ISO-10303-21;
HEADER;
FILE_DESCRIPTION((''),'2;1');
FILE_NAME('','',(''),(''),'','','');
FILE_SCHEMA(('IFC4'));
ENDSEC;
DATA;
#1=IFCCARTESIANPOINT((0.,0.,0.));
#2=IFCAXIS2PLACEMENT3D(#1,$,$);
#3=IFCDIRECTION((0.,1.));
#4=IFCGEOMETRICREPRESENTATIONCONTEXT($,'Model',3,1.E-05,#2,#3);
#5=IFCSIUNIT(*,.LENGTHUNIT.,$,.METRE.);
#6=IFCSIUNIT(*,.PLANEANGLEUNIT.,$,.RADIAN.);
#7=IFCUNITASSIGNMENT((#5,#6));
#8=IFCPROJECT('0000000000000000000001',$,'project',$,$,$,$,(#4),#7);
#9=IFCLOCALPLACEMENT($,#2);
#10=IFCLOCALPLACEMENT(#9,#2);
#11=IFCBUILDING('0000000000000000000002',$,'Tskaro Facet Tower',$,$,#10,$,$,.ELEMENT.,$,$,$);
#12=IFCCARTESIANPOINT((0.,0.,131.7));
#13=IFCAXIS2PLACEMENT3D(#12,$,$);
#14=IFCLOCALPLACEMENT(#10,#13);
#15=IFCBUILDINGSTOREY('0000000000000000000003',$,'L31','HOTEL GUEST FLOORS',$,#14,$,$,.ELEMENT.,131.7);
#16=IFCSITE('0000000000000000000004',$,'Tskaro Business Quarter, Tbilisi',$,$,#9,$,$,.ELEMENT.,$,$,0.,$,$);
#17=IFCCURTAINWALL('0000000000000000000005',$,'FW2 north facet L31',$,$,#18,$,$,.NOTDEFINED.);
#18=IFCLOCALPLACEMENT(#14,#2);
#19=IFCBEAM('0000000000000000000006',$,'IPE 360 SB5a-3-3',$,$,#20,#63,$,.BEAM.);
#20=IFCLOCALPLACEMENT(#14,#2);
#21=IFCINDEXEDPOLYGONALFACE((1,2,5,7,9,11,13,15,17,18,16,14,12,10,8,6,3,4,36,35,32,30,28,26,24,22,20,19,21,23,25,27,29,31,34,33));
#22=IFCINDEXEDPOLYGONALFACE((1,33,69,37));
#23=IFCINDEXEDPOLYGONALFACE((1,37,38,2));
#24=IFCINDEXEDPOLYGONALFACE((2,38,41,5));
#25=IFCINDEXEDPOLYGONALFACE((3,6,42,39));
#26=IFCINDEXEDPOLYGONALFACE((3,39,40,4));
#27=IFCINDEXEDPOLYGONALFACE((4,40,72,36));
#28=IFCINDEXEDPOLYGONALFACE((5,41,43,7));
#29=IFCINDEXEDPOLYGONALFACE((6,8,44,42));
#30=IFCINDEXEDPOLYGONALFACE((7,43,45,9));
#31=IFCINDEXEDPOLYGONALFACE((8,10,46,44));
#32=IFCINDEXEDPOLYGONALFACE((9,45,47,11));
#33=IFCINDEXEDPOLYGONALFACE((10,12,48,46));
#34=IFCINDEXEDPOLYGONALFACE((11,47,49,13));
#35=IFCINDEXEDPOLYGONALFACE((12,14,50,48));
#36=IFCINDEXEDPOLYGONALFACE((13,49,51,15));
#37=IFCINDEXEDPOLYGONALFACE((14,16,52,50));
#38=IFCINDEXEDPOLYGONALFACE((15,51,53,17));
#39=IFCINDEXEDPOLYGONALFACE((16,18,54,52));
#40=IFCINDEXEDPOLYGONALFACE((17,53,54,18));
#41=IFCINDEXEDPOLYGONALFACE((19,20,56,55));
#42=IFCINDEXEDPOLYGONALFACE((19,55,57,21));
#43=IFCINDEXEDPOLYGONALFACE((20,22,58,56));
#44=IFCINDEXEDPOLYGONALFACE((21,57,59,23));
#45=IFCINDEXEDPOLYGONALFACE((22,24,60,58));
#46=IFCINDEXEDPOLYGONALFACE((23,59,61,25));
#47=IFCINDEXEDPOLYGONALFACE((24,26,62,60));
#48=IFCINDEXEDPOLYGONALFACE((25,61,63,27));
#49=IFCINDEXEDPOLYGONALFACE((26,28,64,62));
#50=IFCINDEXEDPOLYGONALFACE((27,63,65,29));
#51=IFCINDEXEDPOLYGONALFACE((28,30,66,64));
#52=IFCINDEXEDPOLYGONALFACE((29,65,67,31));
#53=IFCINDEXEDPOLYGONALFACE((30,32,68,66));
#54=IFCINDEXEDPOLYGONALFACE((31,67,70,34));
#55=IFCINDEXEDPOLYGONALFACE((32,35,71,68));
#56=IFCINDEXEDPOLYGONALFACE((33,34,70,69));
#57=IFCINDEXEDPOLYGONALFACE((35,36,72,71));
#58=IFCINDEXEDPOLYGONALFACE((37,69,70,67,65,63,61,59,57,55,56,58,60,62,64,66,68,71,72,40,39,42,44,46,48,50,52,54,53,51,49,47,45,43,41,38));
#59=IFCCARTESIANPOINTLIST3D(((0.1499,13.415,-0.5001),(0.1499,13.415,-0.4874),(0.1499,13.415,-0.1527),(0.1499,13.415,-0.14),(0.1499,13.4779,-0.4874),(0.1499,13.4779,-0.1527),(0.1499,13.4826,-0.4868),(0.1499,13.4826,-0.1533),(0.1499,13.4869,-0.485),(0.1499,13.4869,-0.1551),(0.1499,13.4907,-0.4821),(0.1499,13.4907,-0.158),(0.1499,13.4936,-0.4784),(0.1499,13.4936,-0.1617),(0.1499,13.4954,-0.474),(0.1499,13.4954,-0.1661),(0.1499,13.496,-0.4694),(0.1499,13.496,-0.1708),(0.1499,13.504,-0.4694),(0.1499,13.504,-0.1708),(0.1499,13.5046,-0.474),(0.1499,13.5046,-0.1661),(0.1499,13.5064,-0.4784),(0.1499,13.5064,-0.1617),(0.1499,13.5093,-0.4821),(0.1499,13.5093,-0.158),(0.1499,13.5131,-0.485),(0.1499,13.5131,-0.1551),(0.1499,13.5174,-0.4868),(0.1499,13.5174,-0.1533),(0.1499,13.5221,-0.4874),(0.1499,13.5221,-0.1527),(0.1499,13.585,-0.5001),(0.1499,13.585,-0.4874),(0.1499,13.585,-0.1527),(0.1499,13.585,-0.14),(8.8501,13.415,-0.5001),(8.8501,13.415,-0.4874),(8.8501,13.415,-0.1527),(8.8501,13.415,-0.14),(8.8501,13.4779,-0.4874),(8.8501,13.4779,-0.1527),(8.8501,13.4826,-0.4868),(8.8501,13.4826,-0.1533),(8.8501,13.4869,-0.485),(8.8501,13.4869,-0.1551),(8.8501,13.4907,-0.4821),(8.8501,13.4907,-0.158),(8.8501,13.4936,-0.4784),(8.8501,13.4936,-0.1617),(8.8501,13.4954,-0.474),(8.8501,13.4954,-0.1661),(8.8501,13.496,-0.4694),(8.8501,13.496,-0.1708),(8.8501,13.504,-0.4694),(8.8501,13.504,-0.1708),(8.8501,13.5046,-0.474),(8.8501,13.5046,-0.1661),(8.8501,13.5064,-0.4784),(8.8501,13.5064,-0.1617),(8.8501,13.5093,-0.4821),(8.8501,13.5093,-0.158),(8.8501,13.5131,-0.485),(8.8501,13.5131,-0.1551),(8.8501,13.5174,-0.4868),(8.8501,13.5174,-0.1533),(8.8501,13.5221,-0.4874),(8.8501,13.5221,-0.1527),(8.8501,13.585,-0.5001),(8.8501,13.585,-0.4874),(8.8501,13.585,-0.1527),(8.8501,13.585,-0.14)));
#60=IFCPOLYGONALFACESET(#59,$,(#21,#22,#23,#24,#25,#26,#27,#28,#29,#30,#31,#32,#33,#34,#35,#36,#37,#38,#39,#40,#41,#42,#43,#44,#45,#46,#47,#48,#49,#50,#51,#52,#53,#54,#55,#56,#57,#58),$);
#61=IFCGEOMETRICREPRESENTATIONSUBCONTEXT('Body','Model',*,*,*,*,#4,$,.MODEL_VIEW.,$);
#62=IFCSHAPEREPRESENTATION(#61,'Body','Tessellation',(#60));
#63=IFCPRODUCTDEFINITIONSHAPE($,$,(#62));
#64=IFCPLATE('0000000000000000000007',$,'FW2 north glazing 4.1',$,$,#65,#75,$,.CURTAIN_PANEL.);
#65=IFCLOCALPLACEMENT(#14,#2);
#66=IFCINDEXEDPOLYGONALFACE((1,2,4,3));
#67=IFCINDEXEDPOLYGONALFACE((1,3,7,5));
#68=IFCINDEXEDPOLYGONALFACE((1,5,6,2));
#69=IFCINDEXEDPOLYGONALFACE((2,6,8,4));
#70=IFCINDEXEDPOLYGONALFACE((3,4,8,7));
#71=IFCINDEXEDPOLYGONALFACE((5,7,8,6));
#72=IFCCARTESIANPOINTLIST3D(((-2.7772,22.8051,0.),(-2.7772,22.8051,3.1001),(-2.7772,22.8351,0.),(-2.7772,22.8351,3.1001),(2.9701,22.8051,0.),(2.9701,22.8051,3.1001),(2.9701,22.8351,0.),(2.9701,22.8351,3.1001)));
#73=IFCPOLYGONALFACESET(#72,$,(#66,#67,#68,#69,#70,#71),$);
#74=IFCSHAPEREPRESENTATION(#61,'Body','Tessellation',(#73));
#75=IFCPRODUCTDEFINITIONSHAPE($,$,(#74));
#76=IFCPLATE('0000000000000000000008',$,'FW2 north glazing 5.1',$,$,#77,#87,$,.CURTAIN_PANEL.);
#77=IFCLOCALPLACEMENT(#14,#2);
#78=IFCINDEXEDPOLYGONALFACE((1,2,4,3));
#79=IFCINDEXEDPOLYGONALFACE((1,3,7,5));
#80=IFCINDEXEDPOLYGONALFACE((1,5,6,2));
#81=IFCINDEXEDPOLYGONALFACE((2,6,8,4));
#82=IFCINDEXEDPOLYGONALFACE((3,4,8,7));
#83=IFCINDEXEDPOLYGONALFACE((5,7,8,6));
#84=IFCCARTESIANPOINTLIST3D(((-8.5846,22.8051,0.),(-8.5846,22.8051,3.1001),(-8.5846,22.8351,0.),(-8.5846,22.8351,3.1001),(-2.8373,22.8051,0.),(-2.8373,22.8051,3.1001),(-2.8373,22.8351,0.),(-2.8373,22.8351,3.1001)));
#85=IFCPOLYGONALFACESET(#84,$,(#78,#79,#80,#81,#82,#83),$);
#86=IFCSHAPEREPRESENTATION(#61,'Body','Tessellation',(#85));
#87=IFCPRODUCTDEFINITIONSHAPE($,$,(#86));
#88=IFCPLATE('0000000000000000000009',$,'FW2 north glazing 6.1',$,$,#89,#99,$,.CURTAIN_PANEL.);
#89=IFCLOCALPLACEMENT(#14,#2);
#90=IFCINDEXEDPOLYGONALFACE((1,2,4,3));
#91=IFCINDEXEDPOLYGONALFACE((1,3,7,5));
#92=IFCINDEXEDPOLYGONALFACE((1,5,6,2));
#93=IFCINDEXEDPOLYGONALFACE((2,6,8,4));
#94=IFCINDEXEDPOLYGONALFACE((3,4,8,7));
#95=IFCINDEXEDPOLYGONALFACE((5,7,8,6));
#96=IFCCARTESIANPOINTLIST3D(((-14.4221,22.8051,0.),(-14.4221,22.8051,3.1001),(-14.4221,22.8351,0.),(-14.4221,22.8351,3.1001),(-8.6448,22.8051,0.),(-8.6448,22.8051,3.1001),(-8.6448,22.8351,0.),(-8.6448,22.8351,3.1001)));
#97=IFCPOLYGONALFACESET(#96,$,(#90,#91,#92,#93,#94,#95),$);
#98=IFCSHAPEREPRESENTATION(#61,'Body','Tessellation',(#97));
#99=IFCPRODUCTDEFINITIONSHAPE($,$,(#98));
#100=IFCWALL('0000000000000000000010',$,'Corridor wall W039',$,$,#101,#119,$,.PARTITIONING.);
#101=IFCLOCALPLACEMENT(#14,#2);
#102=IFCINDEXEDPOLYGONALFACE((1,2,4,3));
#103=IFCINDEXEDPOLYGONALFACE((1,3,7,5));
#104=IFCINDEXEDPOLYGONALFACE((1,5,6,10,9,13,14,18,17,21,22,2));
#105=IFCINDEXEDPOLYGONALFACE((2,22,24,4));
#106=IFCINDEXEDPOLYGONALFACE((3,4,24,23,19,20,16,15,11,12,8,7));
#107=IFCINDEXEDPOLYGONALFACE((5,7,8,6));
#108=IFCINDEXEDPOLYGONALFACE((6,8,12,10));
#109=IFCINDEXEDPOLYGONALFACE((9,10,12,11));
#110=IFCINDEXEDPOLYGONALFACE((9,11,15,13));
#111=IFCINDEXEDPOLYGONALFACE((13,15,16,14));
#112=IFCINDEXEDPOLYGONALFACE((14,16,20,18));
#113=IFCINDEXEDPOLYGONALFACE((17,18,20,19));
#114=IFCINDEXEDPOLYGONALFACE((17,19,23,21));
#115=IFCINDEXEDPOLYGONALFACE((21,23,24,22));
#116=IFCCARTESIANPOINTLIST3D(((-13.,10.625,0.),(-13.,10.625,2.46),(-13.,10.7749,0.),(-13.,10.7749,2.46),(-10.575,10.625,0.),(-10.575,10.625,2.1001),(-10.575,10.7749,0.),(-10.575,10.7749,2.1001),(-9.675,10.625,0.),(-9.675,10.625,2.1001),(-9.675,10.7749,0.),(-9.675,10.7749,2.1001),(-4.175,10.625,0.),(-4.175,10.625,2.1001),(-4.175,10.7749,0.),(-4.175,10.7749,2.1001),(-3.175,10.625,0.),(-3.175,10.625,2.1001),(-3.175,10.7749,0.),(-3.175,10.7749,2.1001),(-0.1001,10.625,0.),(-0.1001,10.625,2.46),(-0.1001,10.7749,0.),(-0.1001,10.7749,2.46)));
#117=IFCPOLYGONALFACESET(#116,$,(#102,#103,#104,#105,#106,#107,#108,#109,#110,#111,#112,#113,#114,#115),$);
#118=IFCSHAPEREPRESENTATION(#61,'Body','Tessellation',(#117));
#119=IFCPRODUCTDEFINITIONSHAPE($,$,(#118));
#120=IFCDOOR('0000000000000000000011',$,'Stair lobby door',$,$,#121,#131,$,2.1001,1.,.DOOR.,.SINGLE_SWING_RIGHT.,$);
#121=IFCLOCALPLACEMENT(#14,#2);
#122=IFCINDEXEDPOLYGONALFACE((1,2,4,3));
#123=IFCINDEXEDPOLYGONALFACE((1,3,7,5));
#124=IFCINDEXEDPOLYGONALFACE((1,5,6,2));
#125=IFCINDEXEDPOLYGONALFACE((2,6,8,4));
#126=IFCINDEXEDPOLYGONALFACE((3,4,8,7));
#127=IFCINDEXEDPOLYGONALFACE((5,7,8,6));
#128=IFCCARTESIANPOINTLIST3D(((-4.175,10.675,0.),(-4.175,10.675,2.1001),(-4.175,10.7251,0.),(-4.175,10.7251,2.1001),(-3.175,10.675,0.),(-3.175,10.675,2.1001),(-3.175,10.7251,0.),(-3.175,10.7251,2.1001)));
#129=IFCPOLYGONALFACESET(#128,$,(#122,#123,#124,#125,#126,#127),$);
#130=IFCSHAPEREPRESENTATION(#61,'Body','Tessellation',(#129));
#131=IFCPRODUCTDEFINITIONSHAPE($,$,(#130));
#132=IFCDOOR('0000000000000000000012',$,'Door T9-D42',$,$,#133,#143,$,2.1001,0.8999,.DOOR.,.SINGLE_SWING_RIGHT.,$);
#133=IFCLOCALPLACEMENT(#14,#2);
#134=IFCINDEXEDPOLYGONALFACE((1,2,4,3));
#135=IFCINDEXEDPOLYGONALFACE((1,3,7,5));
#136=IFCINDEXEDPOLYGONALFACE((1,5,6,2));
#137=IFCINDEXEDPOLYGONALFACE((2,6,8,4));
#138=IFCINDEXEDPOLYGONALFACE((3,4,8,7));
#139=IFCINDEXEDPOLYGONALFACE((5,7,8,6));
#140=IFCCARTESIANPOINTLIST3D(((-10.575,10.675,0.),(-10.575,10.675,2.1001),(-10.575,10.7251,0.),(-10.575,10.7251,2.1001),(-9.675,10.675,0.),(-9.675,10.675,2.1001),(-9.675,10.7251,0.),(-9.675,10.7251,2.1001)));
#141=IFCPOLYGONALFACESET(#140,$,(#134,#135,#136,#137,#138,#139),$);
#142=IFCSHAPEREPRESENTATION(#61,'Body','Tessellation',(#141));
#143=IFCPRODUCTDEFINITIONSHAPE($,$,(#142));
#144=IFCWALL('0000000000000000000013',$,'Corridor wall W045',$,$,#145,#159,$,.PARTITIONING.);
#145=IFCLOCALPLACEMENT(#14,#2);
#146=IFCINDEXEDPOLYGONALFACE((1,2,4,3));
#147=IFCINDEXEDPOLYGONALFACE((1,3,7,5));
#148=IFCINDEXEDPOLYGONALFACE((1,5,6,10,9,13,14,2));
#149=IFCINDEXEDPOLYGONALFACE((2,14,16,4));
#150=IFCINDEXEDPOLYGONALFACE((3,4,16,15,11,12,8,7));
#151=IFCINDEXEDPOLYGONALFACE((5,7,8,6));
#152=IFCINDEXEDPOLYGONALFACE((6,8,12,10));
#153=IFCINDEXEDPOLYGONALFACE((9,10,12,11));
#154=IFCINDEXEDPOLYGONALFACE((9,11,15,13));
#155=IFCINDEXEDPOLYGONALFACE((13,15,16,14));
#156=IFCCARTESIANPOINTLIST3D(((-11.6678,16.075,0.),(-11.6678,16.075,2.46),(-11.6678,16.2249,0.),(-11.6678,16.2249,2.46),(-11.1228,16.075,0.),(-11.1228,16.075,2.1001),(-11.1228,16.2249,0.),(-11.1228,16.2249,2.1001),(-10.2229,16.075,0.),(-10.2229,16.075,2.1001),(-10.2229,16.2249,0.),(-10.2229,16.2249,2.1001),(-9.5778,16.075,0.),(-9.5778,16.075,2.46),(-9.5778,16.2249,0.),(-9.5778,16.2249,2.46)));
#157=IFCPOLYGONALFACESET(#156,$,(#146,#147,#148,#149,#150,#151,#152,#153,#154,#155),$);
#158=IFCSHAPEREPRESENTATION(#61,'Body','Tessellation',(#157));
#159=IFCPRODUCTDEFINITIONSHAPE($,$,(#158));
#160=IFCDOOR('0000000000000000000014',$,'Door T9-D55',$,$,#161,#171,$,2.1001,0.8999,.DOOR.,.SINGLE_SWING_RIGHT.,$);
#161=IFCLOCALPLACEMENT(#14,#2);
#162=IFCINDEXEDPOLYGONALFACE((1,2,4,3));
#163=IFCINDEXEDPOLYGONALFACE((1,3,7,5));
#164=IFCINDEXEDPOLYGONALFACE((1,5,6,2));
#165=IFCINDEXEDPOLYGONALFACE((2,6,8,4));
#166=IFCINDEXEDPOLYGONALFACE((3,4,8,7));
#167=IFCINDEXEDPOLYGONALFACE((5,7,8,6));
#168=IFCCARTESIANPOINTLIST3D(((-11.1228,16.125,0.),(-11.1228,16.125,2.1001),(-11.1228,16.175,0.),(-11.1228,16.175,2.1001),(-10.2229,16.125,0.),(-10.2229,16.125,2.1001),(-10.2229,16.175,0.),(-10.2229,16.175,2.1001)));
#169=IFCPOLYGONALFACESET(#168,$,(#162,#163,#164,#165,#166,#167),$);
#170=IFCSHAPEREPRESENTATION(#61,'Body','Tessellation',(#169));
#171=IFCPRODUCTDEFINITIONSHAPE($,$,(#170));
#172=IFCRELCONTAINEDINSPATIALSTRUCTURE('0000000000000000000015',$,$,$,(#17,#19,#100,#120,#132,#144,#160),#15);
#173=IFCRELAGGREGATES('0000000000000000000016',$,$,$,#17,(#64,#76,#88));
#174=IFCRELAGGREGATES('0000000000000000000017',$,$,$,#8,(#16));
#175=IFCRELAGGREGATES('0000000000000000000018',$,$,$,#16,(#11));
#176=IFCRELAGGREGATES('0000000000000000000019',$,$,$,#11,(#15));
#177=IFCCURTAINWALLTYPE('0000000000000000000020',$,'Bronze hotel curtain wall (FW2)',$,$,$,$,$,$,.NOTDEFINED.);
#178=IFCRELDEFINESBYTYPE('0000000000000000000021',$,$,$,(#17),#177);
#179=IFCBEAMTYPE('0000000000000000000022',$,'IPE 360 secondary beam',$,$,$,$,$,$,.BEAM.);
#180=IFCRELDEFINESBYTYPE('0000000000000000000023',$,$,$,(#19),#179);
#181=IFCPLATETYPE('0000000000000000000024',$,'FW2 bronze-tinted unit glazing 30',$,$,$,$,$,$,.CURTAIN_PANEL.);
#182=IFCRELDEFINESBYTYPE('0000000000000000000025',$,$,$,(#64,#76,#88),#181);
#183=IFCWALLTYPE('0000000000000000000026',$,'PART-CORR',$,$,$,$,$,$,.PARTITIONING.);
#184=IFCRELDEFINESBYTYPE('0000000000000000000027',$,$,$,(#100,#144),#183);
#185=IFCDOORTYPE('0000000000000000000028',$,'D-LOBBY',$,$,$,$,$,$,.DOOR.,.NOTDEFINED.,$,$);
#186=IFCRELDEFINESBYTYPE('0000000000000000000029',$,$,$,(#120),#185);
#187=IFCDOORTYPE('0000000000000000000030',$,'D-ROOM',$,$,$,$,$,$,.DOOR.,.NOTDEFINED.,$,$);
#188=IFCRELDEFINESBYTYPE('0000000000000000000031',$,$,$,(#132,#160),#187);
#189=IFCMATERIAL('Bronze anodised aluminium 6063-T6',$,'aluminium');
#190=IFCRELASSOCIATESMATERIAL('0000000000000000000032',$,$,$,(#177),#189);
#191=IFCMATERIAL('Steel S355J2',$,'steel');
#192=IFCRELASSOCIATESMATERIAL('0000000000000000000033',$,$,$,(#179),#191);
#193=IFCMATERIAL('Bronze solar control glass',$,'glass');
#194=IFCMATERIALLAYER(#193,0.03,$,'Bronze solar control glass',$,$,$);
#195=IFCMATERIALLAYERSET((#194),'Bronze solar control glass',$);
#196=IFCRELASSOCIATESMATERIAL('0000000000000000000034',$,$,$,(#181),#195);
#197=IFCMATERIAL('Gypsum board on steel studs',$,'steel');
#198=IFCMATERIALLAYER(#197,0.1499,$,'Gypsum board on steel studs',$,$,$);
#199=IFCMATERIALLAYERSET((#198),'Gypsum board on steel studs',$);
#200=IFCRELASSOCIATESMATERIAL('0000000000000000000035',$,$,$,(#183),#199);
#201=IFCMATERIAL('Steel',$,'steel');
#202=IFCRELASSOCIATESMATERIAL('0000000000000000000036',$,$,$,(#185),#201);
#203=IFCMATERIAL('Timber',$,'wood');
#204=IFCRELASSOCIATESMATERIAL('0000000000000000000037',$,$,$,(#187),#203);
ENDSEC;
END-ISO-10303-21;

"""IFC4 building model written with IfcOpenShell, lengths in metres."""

from ifc_helpers import new_model, si_unit, direction, frame, frame_2d, origin, origin_2d, place, context, subcontext, project, spatial, rectangle, i_section, extrude, material, layer, layer_set, material_profile, profile_set, type_object, element, fill, aggregate, save


model = new_model("IFC4")

# Units and contexts
model_context = context("Model", 3, precision=1e-05, world=origin(), true_north=direction((0.0, 1.0)))
body_context = subcontext(model_context, "Body", "Model", "MODEL_VIEW")
ifc_project = project(units=[si_unit("LENGTHUNIT", "METRE"), si_unit("PLANEANGLEUNIT", "RADIAN")], contexts=[model_context])

# Site, building, storey
site_placement = place(None, origin())
site = spatial("IfcSite", under=ifc_project, at=site_placement, Name="Tskaro Business Quarter, Tbilisi", CompositionType="ELEMENT", RefElevation=0.0)
building_placement = place(site_placement, origin())
building = spatial("IfcBuilding", under=site, at=building_placement, Name="Tskaro Facet Tower", CompositionType="ELEMENT")
storey_placement = place(building_placement, frame((0.0, 0.0, 131.7)))
storey = spatial("IfcBuildingStorey", under=building, at=storey_placement, Name="L31", Description="HOTEL GUEST FLOORS", CompositionType="ELEMENT", Elevation=131.7)

# Curtain wall
ifc_material_1 = material(Name="Bronze anodised aluminium 6063-T6", Category="aluminium")
curtain_wall_type = type_object("IfcCurtainWallType", Name="Bronze hotel curtain wall (FW2)", PredefinedType="NOTDEFINED", material=ifc_material_1)
curtain_wall_placement = place(storey_placement, origin())
curtain_wall = element("IfcCurtainWall", 1, at=curtain_wall_placement, inside=storey, type_object=curtain_wall_type, Name="FW2 north facet L31", PredefinedType="NOTDEFINED")

# Beam
ifc_material_2 = material(Name="Steel S355J2", Category="steel")
ifc_material_profile_1 = material_profile(ifc_material_2, i_section(OverallWidth=0.1699, OverallDepth=0.3601, WebThickness=0.0081, FlangeThickness=0.0127, FilletRadius=0.0181, at=origin_2d()), Name="IPE 360")
ifc_profile_set_1 = profile_set([ifc_material_profile_1], Name="Steel S355J2")
beam_type_1 = type_object("IfcBeamType", Name="IPE 360 secondary beam", PredefinedType="BEAM", material=ifc_profile_set_1)
for number, where, z_axis, x_axis, name in (
    (2, (0.1499, 13.5, -0.3201), (1.0, 0.0, 0.0), (0.0, 1.0, 0.0), "IPE 360 SB5a-3-3"),
):
    element("IfcBeam", number, at=place(storey_placement, frame(where, z_axis=z_axis, x_axis=x_axis)), inside=storey, type_object=beam_type_1, Name=name, PredefinedType="BEAM", context=body_context, shape_type="SweptSolid", body=[
        extrude(i_section(OverallWidth=0.1699, OverallDepth=0.3601, WebThickness=0.0081, FlangeThickness=0.0127, FilletRadius=0.0181, at=origin_2d()), origin(), (0.0, 0.0, 1.0), 8.7002),
    ])

# Plates
ifc_material_3 = material(Name="Bronze solar control glass", Category="glass")
ifc_layer_1 = layer(ifc_material_3, 0.03, Name="Bronze solar control glass")
ifc_layer_set_1 = layer_set([ifc_layer_1], Name="Bronze solar control glass")
plate_type = type_object("IfcPlateType", Name="FW2 bronze-tinted unit glazing 30", PredefinedType="CURTAIN_PANEL", material=ifc_layer_set_1)
plate_1_placement = place(storey_placement, frame((0.0964, 22.8201, 0.0), z_axis=(0.0, 0.0, 1.0), x_axis=(-1.0, 0.0, 0.0)))
plate_1 = element("IfcPlate", 3, at=plate_1_placement, type_object=plate_type, Name="FW2 north glazing 4.1", PredefinedType="CURTAIN_PANEL", context=body_context, shape_type="SweptSolid", body=[
    extrude(rectangle(XDim=5.7473, YDim=0.03, at=origin_2d()), origin(), (0.0, 0.0, 1.0), 3.1001),
])
plate_2_placement = place(storey_placement, frame((-5.7109, 22.8201, 0.0), z_axis=(0.0, 0.0, 1.0), x_axis=(-1.0, 0.0, 0.0)))
plate_2 = element("IfcPlate", 4, at=plate_2_placement, type_object=plate_type, Name="FW2 north glazing 5.1", PredefinedType="CURTAIN_PANEL", context=body_context, shape_type="SweptSolid", body=[
    extrude(rectangle(XDim=5.7473, YDim=0.03, at=origin_2d()), origin(), (0.0, 0.0, 1.0), 3.1001),
])
plate_3_placement = place(storey_placement, frame((-11.5334, 22.8201, 0.0), z_axis=(0.0, 0.0, 1.0), x_axis=(-1.0, 0.0, 0.0)))
plate_3 = element("IfcPlate", 5, at=plate_3_placement, type_object=plate_type, Name="FW2 north glazing 6.1", PredefinedType="CURTAIN_PANEL", context=body_context, shape_type="SweptSolid", body=[
    extrude(rectangle(XDim=5.7773, YDim=0.03, at=origin_2d()), origin(), (0.0, 0.0, 1.0), 3.1001),
])
aggregate(curtain_wall, [plate_1, plate_2, plate_3])

# Wall, openings, doors
ifc_material_4 = material(Name="Gypsum board on steel studs", Category="steel")
ifc_layer_2 = layer(ifc_material_4, 0.1499, Name="Gypsum board on steel studs")
ifc_layer_set_2 = layer_set([ifc_layer_2], Name="Gypsum board on steel studs")
wall_type_1 = type_object("IfcWallType", Name="PART-CORR", PredefinedType="PARTITIONING", material=ifc_layer_set_2)
wall_1_placement = place(storey_placement, frame((-0.1001, 10.7, 0.0), z_axis=(0.0, 0.0, 1.0), x_axis=(-1.0, 0.0, 0.0)))
wall_1 = element("IfcWall", 6, at=wall_1_placement, inside=storey, type_object=wall_type_1, Name="Corridor wall W039", PredefinedType="PARTITIONING", context=body_context, shape_type="SweptSolid", body=[
    extrude(rectangle(XDim=12.8999, YDim=0.1499, at=frame_2d((6.45, 0.0))), origin(), (0.0, 0.0, 1.0), 2.46),
])
opening_1_placement = place(wall_1_placement, frame((3.075, 0.0, 0.0)))
opening_1 = element("IfcOpeningElement", 7, at=opening_1_placement, cuts=wall_1, PredefinedType="OPENING", context=body_context, shape_type="SweptSolid", body=[
    extrude(rectangle(XDim=1.0, YDim=2.1001, at=frame_2d((0.5, 1.05))), frame((0.0, 0.085, 0.0), z_axis=(0.0, -1.0, 0.0), x_axis=(1.0, 0.0, 0.0)), (0.0, 0.0, 1.0), 0.1699),
])
opening_2_placement = place(wall_1_placement, frame((9.575, 0.0, 0.0)))
opening_2 = element("IfcOpeningElement", 8, at=opening_2_placement, cuts=wall_1, PredefinedType="OPENING", context=body_context, shape_type="SweptSolid", body=[
    extrude(rectangle(XDim=0.8999, YDim=2.1001, at=frame_2d((0.45, 1.05))), frame((0.0, 0.085, 0.0), z_axis=(0.0, -1.0, 0.0), x_axis=(1.0, 0.0, 0.0)), (0.0, 0.0, 1.0), 0.1699),
])
ifc_material_5 = material(Name="Steel", Category="steel")
door_type_1 = type_object("IfcDoorType", Name="D-LOBBY", OperationType="NOTDEFINED", PredefinedType="DOOR", material=ifc_material_5)
door_1_placement = place(opening_1_placement, origin())
door_1 = element("IfcDoor", 9, at=door_1_placement, inside=storey, type_object=door_type_1, Name="Stair lobby door", OperationType="SINGLE_SWING_RIGHT", OverallHeight=2.1001, OverallWidth=1.0, PredefinedType="DOOR", context=body_context, shape_type="SweptSolid", body=[
    extrude(rectangle(XDim=1.0, YDim=2.1001, at=frame_2d((0.5, 1.05))), frame((0.0, 0.0249, 0.0), z_axis=(0.0, -1.0, 0.0), x_axis=(1.0, 0.0, 0.0)), (0.0, 0.0, 1.0), 0.05),
])
fill(opening_1, door_1)
ifc_material_6 = material(Name="Timber", Category="wood")
door_type_2 = type_object("IfcDoorType", Name="D-ROOM", OperationType="NOTDEFINED", PredefinedType="DOOR", material=ifc_material_6)
door_2_placement = place(opening_2_placement, origin())
door_2 = element("IfcDoor", 10, at=door_2_placement, inside=storey, type_object=door_type_2, Name="Door T9-D42", OperationType="SINGLE_SWING_RIGHT", OverallHeight=2.1001, OverallWidth=0.8999, PredefinedType="DOOR", context=body_context, shape_type="SweptSolid", body=[
    extrude(rectangle(XDim=0.8999, YDim=2.1001, at=frame_2d((0.45, 1.05))), frame((0.0, 0.0249, 0.0), z_axis=(0.0, -1.0, 0.0), x_axis=(1.0, 0.0, 0.0)), (0.0, 0.0, 1.0), 0.05),
])
fill(opening_2, door_2)

# Wall, opening, door
wall_2_placement = place(storey_placement, frame((-9.5779, 16.1499, 0.0), z_axis=(0.0, 0.0, 1.0), x_axis=(-1.0, 0.0, 0.0)))
wall_2 = element("IfcWall", 11, at=wall_2_placement, inside=storey, type_object=wall_type_1, Name="Corridor wall W045", PredefinedType="PARTITIONING", context=body_context, shape_type="SweptSolid", body=[
    extrude(rectangle(XDim=2.0901, YDim=0.1499, at=frame_2d((1.0449, 0.0))), origin(), (0.0, 0.0, 1.0), 2.46),
])
opening_3_placement = place(wall_2_placement, frame((0.645, 0.0, 0.0)))
opening_3 = element("IfcOpeningElement", 12, at=opening_3_placement, cuts=wall_2, PredefinedType="OPENING", context=body_context, shape_type="SweptSolid", body=[
    extrude(rectangle(XDim=0.8999, YDim=2.1001, at=frame_2d((0.45, 1.05))), frame((0.0, 0.085, 0.0), z_axis=(0.0, -1.0, 0.0), x_axis=(1.0, 0.0, 0.0)), (0.0, 0.0, 1.0), 0.1699),
])
door_3_placement = place(opening_3_placement, origin())
door_3 = element("IfcDoor", 13, at=door_3_placement, inside=storey, type_object=door_type_2, Name="Door T9-D55", OperationType="SINGLE_SWING_RIGHT", OverallHeight=2.1001, OverallWidth=0.8999, PredefinedType="DOOR", context=body_context, shape_type="SweptSolid", body=[
    extrude(rectangle(XDim=0.8999, YDim=2.1001, at=frame_2d((0.45, 1.05))), frame((0.0, 0.0249, 0.0), z_axis=(0.0, -1.0, 0.0), x_axis=(1.0, 0.0, 0.0)), (0.0, 0.0, 1.0), 0.05),
])
fill(opening_3, door_3)

save(model, "model.ifc")
